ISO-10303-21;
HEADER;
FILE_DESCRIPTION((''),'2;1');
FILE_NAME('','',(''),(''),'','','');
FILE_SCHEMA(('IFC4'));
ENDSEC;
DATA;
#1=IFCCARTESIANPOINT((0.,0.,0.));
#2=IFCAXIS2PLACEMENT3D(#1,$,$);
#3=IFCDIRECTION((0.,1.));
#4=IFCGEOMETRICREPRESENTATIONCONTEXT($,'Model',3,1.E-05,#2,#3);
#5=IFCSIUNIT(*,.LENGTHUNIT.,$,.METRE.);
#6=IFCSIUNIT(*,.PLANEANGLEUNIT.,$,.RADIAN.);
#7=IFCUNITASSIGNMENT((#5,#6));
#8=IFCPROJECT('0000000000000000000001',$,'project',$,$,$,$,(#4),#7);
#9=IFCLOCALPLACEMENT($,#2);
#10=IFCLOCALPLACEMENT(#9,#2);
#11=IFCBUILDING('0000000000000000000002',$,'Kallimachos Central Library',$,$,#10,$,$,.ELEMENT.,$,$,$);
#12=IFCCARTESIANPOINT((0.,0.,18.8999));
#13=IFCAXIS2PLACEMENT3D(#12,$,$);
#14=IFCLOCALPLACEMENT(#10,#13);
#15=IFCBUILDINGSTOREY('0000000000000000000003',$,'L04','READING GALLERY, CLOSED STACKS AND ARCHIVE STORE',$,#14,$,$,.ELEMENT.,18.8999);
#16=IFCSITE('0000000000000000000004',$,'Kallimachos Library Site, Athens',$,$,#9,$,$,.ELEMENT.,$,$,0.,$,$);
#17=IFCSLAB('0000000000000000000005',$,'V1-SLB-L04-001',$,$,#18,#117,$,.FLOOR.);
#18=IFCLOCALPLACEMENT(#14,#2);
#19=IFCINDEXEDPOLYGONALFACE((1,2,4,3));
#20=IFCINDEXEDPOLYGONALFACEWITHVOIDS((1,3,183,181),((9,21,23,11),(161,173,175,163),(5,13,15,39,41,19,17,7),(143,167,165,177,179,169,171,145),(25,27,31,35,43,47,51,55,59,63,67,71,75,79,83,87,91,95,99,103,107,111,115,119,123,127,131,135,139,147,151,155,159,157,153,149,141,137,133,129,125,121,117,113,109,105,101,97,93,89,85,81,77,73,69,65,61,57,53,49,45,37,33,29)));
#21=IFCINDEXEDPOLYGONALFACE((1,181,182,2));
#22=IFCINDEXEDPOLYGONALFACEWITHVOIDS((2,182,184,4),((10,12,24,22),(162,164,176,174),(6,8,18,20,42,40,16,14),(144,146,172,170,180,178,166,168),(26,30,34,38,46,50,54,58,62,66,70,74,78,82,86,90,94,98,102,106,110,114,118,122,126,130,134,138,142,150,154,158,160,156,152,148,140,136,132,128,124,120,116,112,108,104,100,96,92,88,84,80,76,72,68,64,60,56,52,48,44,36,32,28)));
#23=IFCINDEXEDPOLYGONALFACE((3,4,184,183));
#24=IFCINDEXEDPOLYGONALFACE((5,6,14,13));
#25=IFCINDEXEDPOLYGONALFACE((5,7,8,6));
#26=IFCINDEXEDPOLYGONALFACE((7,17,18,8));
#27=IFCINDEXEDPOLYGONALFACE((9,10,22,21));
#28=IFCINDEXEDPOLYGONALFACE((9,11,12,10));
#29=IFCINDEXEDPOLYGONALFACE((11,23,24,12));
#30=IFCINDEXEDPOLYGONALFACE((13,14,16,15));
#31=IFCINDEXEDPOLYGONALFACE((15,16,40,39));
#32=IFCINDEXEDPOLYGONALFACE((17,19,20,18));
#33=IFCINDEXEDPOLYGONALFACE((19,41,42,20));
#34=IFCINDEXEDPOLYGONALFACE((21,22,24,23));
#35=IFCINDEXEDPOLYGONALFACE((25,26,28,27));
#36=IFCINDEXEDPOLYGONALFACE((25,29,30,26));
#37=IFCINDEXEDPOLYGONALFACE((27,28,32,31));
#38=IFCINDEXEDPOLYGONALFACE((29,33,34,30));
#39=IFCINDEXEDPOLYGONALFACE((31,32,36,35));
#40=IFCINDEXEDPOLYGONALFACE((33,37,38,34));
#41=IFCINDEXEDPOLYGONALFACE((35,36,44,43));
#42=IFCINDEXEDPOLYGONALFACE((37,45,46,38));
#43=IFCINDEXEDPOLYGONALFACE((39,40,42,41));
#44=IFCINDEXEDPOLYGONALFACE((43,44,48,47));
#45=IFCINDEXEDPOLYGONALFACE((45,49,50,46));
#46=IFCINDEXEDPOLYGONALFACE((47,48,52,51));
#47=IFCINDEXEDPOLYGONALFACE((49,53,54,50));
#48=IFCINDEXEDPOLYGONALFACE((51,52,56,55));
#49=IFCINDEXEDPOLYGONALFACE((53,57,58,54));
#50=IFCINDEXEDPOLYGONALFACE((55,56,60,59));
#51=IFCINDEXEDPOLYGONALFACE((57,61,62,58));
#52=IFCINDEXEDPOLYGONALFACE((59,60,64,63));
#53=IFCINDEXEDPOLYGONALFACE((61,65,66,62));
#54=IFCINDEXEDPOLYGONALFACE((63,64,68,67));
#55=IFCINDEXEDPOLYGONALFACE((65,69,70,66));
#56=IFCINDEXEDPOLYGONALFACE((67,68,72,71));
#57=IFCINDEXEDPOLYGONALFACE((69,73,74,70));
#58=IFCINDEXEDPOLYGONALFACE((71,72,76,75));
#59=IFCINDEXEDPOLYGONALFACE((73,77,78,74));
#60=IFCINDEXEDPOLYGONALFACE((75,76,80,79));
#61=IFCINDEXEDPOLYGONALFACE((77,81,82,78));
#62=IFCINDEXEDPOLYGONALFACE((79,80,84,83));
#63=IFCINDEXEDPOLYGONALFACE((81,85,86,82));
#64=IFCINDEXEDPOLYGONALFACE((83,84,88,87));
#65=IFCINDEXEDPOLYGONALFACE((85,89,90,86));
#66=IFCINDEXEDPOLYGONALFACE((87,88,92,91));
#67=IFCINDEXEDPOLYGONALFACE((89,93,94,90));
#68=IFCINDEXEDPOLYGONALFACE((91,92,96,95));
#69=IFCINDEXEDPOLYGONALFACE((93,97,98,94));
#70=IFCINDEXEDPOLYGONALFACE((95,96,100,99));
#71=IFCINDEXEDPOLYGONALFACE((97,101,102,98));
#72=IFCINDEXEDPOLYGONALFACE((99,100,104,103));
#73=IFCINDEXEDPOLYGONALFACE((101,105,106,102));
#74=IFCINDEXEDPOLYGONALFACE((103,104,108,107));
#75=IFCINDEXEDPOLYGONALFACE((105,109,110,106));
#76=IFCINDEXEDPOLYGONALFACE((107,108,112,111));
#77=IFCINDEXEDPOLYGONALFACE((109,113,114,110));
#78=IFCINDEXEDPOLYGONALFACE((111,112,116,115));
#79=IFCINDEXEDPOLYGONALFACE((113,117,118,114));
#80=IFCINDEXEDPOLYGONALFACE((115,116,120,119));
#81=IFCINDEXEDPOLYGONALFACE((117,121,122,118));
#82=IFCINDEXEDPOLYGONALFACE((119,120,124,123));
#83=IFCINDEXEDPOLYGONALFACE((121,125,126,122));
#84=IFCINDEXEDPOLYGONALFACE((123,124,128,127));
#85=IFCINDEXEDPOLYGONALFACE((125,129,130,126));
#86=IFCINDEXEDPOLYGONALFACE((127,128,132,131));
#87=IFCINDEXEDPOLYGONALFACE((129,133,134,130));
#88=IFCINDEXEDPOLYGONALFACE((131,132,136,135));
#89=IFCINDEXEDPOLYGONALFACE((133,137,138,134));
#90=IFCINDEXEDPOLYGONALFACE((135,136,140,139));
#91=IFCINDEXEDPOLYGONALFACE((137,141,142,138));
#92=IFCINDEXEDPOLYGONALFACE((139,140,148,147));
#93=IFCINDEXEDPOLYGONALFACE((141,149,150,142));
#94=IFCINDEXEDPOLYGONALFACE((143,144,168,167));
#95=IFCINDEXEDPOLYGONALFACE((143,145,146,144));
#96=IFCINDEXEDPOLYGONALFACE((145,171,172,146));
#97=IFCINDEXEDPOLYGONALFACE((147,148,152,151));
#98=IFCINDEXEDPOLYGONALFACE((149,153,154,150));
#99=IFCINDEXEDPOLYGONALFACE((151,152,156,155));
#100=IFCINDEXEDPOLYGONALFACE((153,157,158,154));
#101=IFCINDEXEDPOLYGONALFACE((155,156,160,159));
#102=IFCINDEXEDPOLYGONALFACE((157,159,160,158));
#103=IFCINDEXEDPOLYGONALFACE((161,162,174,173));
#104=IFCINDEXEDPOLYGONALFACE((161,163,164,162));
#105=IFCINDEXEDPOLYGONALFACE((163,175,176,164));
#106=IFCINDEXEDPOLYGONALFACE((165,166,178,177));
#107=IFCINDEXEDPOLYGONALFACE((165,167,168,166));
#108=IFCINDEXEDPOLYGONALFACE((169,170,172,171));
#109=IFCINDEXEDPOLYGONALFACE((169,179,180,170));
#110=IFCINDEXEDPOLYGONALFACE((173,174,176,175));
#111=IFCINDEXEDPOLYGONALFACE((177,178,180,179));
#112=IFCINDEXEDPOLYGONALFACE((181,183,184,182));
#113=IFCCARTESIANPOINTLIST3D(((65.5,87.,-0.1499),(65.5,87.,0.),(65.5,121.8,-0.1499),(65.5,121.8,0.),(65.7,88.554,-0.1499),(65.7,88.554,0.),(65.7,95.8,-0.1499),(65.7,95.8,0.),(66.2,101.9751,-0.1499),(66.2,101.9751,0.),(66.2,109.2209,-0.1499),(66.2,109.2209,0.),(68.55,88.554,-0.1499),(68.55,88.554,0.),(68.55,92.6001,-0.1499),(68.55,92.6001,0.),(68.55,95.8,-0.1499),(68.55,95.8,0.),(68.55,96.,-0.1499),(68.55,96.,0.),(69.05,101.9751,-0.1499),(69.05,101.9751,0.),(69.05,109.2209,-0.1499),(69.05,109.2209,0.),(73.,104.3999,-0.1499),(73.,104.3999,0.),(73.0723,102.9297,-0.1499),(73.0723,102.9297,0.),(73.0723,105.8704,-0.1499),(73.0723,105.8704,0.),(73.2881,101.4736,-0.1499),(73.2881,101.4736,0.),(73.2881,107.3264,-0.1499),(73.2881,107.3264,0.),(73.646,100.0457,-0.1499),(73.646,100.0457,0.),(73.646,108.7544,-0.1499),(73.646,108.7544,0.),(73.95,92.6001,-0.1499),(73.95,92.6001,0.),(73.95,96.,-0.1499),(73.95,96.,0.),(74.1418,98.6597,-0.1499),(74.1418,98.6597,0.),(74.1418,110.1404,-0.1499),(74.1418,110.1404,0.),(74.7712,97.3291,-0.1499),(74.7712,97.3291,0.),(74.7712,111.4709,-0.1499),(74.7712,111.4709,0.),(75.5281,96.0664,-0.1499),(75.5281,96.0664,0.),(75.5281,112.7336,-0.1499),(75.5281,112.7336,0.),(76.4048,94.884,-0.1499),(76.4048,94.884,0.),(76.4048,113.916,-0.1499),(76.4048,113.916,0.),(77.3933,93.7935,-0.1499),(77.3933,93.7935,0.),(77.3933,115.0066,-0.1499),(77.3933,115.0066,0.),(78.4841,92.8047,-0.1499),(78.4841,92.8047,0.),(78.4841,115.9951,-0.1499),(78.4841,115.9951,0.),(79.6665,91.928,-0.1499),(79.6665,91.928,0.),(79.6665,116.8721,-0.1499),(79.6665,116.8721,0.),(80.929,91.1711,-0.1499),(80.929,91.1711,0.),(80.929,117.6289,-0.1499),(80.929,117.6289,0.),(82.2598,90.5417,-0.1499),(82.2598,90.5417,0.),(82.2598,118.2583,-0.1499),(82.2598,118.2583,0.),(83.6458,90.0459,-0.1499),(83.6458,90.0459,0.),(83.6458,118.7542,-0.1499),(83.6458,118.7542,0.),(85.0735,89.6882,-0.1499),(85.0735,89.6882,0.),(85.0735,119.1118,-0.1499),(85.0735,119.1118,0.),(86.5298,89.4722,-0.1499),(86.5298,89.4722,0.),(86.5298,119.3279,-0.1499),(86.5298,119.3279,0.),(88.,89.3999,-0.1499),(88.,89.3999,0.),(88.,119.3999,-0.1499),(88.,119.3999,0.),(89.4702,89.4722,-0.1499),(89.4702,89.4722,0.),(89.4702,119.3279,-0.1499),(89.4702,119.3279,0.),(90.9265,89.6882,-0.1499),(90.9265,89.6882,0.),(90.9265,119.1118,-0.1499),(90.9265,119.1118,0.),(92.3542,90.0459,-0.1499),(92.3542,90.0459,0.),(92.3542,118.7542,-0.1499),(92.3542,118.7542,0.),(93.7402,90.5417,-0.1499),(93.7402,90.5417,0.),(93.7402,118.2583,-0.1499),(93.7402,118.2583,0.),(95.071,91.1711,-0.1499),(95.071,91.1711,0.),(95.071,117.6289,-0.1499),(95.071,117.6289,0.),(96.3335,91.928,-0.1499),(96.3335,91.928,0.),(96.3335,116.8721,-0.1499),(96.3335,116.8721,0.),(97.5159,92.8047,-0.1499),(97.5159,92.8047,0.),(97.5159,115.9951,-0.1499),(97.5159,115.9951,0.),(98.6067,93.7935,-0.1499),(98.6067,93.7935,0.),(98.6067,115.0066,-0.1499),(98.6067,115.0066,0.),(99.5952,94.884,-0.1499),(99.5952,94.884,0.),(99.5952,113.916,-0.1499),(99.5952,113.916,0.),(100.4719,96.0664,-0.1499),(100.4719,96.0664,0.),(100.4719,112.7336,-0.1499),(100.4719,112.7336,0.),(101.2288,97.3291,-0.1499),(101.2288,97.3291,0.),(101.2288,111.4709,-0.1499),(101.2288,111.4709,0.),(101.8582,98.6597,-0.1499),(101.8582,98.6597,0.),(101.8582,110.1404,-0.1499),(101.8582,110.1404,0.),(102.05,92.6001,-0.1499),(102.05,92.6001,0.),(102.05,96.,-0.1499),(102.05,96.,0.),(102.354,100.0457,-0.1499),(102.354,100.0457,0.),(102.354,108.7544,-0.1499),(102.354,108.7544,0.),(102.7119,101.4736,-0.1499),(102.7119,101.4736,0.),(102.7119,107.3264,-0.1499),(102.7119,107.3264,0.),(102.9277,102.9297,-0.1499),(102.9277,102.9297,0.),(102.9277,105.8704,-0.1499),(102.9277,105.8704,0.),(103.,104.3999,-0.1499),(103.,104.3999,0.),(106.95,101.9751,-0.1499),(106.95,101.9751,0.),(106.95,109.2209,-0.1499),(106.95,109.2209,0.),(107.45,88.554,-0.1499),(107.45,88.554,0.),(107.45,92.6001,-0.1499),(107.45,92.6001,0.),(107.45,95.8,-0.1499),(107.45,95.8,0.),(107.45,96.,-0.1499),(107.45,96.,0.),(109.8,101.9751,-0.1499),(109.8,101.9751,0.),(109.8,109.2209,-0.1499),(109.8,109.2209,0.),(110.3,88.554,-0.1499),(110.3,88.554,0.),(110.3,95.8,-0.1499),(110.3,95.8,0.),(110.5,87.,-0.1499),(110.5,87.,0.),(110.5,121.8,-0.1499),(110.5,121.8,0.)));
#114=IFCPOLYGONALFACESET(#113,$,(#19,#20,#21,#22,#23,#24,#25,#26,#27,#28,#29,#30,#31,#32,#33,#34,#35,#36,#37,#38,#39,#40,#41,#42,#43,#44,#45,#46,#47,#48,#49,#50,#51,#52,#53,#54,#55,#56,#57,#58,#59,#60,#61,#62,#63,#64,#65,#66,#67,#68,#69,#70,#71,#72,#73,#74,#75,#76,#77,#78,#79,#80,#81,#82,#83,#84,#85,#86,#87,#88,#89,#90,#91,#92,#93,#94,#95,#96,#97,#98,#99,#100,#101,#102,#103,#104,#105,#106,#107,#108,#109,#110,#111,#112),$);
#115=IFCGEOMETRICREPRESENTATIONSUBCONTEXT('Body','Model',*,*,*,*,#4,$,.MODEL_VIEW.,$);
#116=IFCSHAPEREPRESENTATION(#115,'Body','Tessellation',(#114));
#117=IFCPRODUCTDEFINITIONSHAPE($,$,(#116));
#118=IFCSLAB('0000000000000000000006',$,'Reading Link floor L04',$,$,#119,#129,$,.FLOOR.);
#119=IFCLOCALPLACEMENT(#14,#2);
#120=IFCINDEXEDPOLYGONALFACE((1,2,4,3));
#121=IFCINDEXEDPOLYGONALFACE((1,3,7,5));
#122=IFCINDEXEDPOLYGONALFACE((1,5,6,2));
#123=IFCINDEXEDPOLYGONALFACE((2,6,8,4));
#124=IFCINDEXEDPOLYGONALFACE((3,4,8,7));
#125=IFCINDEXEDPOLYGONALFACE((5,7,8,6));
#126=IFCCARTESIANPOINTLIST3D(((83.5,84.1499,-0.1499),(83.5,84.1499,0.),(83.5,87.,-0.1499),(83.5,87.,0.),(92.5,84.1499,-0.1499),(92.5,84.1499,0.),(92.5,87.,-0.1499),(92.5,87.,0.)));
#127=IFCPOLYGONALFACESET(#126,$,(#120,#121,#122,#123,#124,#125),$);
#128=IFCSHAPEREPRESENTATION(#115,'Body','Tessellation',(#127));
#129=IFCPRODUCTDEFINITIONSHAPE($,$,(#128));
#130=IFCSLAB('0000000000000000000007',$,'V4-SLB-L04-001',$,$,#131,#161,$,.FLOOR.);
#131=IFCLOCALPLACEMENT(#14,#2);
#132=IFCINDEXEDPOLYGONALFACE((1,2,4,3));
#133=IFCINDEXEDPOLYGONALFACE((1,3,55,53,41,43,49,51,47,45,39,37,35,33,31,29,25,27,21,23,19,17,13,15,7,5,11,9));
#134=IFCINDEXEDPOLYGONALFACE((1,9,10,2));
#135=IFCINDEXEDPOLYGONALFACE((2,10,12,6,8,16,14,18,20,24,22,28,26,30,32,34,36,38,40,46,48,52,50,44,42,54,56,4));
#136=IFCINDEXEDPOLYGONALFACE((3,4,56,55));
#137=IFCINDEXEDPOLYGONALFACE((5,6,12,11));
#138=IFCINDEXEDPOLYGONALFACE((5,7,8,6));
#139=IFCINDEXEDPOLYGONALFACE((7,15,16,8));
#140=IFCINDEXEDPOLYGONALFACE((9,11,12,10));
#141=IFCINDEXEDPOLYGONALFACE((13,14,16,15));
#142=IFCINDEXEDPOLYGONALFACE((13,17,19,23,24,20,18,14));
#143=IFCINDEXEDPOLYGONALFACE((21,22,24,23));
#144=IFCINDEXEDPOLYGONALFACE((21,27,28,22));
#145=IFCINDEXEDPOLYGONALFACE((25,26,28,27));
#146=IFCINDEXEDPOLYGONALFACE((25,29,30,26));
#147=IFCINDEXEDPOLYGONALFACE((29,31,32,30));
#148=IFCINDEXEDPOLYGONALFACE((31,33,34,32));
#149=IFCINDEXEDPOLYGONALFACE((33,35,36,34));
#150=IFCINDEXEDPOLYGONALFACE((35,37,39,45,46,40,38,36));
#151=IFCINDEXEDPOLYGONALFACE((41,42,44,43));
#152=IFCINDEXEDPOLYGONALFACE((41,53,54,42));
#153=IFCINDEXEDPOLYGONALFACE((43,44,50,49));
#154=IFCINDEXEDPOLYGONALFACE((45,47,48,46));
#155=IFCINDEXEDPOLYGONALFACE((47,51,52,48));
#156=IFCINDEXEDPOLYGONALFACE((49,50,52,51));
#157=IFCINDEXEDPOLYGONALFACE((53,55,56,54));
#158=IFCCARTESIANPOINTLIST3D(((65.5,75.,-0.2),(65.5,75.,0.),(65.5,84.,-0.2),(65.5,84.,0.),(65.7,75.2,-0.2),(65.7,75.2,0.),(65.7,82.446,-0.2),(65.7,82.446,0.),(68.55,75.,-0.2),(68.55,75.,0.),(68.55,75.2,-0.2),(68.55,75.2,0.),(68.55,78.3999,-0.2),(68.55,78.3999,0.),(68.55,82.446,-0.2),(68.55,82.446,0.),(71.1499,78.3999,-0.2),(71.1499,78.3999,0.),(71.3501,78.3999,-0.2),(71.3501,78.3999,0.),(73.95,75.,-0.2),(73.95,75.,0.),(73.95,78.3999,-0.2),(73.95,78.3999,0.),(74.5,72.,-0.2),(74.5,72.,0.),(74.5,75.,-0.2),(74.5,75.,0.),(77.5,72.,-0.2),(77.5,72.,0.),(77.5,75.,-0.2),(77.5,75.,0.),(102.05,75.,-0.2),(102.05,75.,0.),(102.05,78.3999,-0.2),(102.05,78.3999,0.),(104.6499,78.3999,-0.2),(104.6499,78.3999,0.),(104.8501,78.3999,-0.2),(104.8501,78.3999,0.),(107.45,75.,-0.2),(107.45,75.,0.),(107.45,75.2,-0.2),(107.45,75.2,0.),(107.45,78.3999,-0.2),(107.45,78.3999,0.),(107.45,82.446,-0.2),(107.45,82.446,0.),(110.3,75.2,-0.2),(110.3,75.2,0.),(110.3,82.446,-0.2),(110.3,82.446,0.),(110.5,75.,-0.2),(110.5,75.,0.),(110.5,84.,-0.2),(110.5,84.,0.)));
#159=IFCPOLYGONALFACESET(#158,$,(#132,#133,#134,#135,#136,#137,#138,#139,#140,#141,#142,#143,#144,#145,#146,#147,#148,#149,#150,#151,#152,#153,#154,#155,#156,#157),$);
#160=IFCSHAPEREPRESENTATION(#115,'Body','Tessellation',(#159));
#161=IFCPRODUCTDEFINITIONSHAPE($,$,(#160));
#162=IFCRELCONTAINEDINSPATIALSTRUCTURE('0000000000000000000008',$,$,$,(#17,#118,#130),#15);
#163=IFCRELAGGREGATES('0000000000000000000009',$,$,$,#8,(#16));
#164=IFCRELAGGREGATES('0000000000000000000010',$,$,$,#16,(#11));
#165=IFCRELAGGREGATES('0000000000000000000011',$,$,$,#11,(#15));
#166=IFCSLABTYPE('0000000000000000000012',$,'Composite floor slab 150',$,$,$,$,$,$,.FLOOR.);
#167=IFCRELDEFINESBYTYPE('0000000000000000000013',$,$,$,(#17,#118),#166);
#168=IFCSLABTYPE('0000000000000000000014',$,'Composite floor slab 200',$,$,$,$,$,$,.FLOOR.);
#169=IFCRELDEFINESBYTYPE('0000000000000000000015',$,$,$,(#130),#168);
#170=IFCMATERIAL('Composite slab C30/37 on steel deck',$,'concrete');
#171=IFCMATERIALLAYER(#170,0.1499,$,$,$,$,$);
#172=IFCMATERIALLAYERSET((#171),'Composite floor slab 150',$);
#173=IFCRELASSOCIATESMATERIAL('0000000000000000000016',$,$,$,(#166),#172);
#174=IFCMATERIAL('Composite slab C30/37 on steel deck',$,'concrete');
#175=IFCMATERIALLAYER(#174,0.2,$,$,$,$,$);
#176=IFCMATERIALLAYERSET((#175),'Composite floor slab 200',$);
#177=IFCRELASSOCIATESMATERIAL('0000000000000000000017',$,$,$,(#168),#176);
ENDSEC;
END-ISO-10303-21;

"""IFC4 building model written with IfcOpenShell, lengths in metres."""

from ifc_helpers import new_model, si_unit, direction, frame, origin, place, context, subcontext, project, spatial, polyline, outline, extrude, material, layer, layer_set, type_object, element, save


model = new_model("IFC4")

# Units and contexts
model_context = context("Model", 3, precision=1e-05, world=origin(), true_north=direction((0.0, 1.0)))
body_context = subcontext(model_context, "Body", "Model", "MODEL_VIEW")
ifc_project = project(units=[si_unit("LENGTHUNIT", "METRE"), si_unit("PLANEANGLEUNIT", "RADIAN")], contexts=[model_context])

# Site, building, storey
site_placement = place(None, origin())
site = spatial("IfcSite", under=ifc_project, at=site_placement, Name="Kallimachos Library Site, Athens", CompositionType="ELEMENT", RefElevation=0.0)
building_placement = place(site_placement, origin())
building = spatial("IfcBuilding", under=site, at=building_placement, Name="Kallimachos Central Library", CompositionType="ELEMENT")
storey_placement = place(building_placement, frame((0.0, 0.0, 18.8999)))
storey = spatial("IfcBuildingStorey", under=building, at=storey_placement, Name="L04", Description="READING GALLERY, CLOSED STACKS AND ARCHIVE STORE", CompositionType="ELEMENT", Elevation=18.8999)

# Slabs
ifc_material_1 = material(Name="Composite slab C30/37 on steel deck", Category="concrete")
ifc_layer_1 = layer(ifc_material_1, 0.1499)
ifc_layer_set_1 = layer_set([ifc_layer_1], Name="Composite floor slab 150")
slab_type_1 = type_object("IfcSlabType", Name="Composite floor slab 150", PredefinedType="FLOOR", material=ifc_layer_set_1)
slab_1_placement = place(storey_placement, frame((0.0, 0.0, -0.1499)))
element("IfcSlab", 1, at=slab_1_placement, inside=storey, type_object=slab_type_1, Name="V1-SLB-L04-001", PredefinedType="FLOOR", context=body_context, shape_type="SweptSolid", body=[
    extrude(outline(polyline([(65.5, 121.8), (110.5, 121.8), (110.5, 87.0), (65.5, 87.0), (65.5, 121.8)]), holes=[polyline([(65.7, 95.8), (65.7, 88.554), (68.55, 88.554), (68.55, 92.6001), (73.95, 92.6001), (73.95, 96.0), (68.55, 96.0), (68.55, 95.8), (65.7, 95.8)]), polyline([(107.45, 95.8), (107.45, 96.0), (102.05, 96.0), (102.05, 92.6001), (107.45, 92.6001), (107.45, 88.554), (110.3, 88.554), (110.3, 95.8), (107.45, 95.8)]), polyline([(102.7119, 101.4736), (102.9277, 102.9297), (103.0, 104.3999), (102.9277, 105.8704), (102.7119, 107.3264), (102.354, 108.7544), (101.8582, 110.1404), (101.2288, 111.4709), (100.4719, 112.7336), (99.5952, 113.916), (98.6067, 115.0066), (97.5159, 115.9951), (96.3335, 116.8721), (95.071, 117.6289), (93.7402, 118.2583), (92.3542, 118.7542), (90.9265, 119.1118), (89.4702, 119.3279), (88.0, 119.3999), (86.5298, 119.3279), (85.0735, 119.1118), (83.6458, 118.7542), (82.2598, 118.2583), (80.929, 117.6289), (79.6665, 116.8721), (78.4841, 115.9951), (77.3933, 115.0066), (76.4048, 113.916), (75.5281, 112.7336), (74.7712, 111.4709), (74.1418, 110.1404), (73.646, 108.7544), (73.2881, 107.3264), (73.0723, 105.8704), (73.0, 104.3999), (73.0723, 102.9297), (73.2881, 101.4736), (73.646, 100.0457), (74.1418, 98.6597), (74.7712, 97.3291), (75.5281, 96.0664), (76.4048, 94.884), (77.3933, 93.7935), (78.4841, 92.8047), (79.6665, 91.928), (80.929, 91.1711), (82.2598, 90.5417), (83.6458, 90.0459), (85.0735, 89.6882), (86.5298, 89.4722), (88.0, 89.3999), (89.4702, 89.4722), (90.9265, 89.6882), (92.3542, 90.0459), (93.7402, 90.5417), (95.071, 91.1711), (96.3335, 91.928), (97.5159, 92.8047), (98.6067, 93.7935), (99.5952, 94.884), (100.4719, 96.0664), (101.2288, 97.3291), (101.8582, 98.6597), (102.354, 100.0457), (102.7119, 101.4736)]), polyline([(66.2, 101.9751), (69.05, 101.9751), (69.05, 109.2209), (66.2, 109.2209), (66.2, 101.9751)]), polyline([(106.95, 101.9751), (109.8, 101.9751), (109.8, 109.2209), (106.95, 109.2209), (106.95, 101.9751)])]), origin(), (0.0, 0.0, 1.0), 0.1499),
])
slab_2_placement = place(storey_placement, frame((0.0, 0.0, -0.1499)))
element("IfcSlab", 2, at=slab_2_placement, inside=storey, type_object=slab_type_1, Name="Reading Link floor L04", PredefinedType="FLOOR", context=body_context, shape_type="SweptSolid", body=[
    extrude(outline(polyline([(92.5, 84.1499), (83.5, 84.1499), (83.5, 87.0), (92.5, 87.0), (92.5, 84.1499)])), origin(), (0.0, 0.0, 1.0), 0.1499),
])
ifc_material_2 = material(Name="Composite slab C30/37 on steel deck", Category="concrete")
ifc_layer_2 = layer(ifc_material_2, 0.2)
ifc_layer_set_2 = layer_set([ifc_layer_2], Name="Composite floor slab 200")
slab_type_2 = type_object("IfcSlabType", Name="Composite floor slab 200", PredefinedType="FLOOR", material=ifc_layer_set_2)
slab_3_placement = place(storey_placement, frame((0.0, 0.0, -0.2)))
element("IfcSlab", 3, at=slab_3_placement, inside=storey, type_object=slab_type_2, Name="V4-SLB-L04-001", PredefinedType="FLOOR", context=body_context, shape_type="SweptSolid", body=[
    extrude(outline(polyline([(74.5, 72.0), (74.5, 75.0), (73.95, 75.0), (73.95, 78.3999), (71.3501, 78.3999), (71.1499, 78.3999), (68.55, 78.3999), (68.55, 82.446), (65.7, 82.446), (65.7, 75.2), (68.55, 75.2), (68.55, 75.0), (65.5, 75.0), (65.5, 84.0), (110.5, 84.0), (110.5, 75.0), (107.45, 75.0), (107.45, 75.2), (110.3, 75.2), (110.3, 82.446), (107.45, 82.446), (107.45, 78.3999), (104.8501, 78.3999), (104.6499, 78.3999), (102.05, 78.3999), (102.05, 75.0), (77.5, 75.0), (77.5, 72.0), (74.5, 72.0)])), origin(), (0.0, 0.0, 1.0), 0.2),
])

save(model, "model.ifc")
